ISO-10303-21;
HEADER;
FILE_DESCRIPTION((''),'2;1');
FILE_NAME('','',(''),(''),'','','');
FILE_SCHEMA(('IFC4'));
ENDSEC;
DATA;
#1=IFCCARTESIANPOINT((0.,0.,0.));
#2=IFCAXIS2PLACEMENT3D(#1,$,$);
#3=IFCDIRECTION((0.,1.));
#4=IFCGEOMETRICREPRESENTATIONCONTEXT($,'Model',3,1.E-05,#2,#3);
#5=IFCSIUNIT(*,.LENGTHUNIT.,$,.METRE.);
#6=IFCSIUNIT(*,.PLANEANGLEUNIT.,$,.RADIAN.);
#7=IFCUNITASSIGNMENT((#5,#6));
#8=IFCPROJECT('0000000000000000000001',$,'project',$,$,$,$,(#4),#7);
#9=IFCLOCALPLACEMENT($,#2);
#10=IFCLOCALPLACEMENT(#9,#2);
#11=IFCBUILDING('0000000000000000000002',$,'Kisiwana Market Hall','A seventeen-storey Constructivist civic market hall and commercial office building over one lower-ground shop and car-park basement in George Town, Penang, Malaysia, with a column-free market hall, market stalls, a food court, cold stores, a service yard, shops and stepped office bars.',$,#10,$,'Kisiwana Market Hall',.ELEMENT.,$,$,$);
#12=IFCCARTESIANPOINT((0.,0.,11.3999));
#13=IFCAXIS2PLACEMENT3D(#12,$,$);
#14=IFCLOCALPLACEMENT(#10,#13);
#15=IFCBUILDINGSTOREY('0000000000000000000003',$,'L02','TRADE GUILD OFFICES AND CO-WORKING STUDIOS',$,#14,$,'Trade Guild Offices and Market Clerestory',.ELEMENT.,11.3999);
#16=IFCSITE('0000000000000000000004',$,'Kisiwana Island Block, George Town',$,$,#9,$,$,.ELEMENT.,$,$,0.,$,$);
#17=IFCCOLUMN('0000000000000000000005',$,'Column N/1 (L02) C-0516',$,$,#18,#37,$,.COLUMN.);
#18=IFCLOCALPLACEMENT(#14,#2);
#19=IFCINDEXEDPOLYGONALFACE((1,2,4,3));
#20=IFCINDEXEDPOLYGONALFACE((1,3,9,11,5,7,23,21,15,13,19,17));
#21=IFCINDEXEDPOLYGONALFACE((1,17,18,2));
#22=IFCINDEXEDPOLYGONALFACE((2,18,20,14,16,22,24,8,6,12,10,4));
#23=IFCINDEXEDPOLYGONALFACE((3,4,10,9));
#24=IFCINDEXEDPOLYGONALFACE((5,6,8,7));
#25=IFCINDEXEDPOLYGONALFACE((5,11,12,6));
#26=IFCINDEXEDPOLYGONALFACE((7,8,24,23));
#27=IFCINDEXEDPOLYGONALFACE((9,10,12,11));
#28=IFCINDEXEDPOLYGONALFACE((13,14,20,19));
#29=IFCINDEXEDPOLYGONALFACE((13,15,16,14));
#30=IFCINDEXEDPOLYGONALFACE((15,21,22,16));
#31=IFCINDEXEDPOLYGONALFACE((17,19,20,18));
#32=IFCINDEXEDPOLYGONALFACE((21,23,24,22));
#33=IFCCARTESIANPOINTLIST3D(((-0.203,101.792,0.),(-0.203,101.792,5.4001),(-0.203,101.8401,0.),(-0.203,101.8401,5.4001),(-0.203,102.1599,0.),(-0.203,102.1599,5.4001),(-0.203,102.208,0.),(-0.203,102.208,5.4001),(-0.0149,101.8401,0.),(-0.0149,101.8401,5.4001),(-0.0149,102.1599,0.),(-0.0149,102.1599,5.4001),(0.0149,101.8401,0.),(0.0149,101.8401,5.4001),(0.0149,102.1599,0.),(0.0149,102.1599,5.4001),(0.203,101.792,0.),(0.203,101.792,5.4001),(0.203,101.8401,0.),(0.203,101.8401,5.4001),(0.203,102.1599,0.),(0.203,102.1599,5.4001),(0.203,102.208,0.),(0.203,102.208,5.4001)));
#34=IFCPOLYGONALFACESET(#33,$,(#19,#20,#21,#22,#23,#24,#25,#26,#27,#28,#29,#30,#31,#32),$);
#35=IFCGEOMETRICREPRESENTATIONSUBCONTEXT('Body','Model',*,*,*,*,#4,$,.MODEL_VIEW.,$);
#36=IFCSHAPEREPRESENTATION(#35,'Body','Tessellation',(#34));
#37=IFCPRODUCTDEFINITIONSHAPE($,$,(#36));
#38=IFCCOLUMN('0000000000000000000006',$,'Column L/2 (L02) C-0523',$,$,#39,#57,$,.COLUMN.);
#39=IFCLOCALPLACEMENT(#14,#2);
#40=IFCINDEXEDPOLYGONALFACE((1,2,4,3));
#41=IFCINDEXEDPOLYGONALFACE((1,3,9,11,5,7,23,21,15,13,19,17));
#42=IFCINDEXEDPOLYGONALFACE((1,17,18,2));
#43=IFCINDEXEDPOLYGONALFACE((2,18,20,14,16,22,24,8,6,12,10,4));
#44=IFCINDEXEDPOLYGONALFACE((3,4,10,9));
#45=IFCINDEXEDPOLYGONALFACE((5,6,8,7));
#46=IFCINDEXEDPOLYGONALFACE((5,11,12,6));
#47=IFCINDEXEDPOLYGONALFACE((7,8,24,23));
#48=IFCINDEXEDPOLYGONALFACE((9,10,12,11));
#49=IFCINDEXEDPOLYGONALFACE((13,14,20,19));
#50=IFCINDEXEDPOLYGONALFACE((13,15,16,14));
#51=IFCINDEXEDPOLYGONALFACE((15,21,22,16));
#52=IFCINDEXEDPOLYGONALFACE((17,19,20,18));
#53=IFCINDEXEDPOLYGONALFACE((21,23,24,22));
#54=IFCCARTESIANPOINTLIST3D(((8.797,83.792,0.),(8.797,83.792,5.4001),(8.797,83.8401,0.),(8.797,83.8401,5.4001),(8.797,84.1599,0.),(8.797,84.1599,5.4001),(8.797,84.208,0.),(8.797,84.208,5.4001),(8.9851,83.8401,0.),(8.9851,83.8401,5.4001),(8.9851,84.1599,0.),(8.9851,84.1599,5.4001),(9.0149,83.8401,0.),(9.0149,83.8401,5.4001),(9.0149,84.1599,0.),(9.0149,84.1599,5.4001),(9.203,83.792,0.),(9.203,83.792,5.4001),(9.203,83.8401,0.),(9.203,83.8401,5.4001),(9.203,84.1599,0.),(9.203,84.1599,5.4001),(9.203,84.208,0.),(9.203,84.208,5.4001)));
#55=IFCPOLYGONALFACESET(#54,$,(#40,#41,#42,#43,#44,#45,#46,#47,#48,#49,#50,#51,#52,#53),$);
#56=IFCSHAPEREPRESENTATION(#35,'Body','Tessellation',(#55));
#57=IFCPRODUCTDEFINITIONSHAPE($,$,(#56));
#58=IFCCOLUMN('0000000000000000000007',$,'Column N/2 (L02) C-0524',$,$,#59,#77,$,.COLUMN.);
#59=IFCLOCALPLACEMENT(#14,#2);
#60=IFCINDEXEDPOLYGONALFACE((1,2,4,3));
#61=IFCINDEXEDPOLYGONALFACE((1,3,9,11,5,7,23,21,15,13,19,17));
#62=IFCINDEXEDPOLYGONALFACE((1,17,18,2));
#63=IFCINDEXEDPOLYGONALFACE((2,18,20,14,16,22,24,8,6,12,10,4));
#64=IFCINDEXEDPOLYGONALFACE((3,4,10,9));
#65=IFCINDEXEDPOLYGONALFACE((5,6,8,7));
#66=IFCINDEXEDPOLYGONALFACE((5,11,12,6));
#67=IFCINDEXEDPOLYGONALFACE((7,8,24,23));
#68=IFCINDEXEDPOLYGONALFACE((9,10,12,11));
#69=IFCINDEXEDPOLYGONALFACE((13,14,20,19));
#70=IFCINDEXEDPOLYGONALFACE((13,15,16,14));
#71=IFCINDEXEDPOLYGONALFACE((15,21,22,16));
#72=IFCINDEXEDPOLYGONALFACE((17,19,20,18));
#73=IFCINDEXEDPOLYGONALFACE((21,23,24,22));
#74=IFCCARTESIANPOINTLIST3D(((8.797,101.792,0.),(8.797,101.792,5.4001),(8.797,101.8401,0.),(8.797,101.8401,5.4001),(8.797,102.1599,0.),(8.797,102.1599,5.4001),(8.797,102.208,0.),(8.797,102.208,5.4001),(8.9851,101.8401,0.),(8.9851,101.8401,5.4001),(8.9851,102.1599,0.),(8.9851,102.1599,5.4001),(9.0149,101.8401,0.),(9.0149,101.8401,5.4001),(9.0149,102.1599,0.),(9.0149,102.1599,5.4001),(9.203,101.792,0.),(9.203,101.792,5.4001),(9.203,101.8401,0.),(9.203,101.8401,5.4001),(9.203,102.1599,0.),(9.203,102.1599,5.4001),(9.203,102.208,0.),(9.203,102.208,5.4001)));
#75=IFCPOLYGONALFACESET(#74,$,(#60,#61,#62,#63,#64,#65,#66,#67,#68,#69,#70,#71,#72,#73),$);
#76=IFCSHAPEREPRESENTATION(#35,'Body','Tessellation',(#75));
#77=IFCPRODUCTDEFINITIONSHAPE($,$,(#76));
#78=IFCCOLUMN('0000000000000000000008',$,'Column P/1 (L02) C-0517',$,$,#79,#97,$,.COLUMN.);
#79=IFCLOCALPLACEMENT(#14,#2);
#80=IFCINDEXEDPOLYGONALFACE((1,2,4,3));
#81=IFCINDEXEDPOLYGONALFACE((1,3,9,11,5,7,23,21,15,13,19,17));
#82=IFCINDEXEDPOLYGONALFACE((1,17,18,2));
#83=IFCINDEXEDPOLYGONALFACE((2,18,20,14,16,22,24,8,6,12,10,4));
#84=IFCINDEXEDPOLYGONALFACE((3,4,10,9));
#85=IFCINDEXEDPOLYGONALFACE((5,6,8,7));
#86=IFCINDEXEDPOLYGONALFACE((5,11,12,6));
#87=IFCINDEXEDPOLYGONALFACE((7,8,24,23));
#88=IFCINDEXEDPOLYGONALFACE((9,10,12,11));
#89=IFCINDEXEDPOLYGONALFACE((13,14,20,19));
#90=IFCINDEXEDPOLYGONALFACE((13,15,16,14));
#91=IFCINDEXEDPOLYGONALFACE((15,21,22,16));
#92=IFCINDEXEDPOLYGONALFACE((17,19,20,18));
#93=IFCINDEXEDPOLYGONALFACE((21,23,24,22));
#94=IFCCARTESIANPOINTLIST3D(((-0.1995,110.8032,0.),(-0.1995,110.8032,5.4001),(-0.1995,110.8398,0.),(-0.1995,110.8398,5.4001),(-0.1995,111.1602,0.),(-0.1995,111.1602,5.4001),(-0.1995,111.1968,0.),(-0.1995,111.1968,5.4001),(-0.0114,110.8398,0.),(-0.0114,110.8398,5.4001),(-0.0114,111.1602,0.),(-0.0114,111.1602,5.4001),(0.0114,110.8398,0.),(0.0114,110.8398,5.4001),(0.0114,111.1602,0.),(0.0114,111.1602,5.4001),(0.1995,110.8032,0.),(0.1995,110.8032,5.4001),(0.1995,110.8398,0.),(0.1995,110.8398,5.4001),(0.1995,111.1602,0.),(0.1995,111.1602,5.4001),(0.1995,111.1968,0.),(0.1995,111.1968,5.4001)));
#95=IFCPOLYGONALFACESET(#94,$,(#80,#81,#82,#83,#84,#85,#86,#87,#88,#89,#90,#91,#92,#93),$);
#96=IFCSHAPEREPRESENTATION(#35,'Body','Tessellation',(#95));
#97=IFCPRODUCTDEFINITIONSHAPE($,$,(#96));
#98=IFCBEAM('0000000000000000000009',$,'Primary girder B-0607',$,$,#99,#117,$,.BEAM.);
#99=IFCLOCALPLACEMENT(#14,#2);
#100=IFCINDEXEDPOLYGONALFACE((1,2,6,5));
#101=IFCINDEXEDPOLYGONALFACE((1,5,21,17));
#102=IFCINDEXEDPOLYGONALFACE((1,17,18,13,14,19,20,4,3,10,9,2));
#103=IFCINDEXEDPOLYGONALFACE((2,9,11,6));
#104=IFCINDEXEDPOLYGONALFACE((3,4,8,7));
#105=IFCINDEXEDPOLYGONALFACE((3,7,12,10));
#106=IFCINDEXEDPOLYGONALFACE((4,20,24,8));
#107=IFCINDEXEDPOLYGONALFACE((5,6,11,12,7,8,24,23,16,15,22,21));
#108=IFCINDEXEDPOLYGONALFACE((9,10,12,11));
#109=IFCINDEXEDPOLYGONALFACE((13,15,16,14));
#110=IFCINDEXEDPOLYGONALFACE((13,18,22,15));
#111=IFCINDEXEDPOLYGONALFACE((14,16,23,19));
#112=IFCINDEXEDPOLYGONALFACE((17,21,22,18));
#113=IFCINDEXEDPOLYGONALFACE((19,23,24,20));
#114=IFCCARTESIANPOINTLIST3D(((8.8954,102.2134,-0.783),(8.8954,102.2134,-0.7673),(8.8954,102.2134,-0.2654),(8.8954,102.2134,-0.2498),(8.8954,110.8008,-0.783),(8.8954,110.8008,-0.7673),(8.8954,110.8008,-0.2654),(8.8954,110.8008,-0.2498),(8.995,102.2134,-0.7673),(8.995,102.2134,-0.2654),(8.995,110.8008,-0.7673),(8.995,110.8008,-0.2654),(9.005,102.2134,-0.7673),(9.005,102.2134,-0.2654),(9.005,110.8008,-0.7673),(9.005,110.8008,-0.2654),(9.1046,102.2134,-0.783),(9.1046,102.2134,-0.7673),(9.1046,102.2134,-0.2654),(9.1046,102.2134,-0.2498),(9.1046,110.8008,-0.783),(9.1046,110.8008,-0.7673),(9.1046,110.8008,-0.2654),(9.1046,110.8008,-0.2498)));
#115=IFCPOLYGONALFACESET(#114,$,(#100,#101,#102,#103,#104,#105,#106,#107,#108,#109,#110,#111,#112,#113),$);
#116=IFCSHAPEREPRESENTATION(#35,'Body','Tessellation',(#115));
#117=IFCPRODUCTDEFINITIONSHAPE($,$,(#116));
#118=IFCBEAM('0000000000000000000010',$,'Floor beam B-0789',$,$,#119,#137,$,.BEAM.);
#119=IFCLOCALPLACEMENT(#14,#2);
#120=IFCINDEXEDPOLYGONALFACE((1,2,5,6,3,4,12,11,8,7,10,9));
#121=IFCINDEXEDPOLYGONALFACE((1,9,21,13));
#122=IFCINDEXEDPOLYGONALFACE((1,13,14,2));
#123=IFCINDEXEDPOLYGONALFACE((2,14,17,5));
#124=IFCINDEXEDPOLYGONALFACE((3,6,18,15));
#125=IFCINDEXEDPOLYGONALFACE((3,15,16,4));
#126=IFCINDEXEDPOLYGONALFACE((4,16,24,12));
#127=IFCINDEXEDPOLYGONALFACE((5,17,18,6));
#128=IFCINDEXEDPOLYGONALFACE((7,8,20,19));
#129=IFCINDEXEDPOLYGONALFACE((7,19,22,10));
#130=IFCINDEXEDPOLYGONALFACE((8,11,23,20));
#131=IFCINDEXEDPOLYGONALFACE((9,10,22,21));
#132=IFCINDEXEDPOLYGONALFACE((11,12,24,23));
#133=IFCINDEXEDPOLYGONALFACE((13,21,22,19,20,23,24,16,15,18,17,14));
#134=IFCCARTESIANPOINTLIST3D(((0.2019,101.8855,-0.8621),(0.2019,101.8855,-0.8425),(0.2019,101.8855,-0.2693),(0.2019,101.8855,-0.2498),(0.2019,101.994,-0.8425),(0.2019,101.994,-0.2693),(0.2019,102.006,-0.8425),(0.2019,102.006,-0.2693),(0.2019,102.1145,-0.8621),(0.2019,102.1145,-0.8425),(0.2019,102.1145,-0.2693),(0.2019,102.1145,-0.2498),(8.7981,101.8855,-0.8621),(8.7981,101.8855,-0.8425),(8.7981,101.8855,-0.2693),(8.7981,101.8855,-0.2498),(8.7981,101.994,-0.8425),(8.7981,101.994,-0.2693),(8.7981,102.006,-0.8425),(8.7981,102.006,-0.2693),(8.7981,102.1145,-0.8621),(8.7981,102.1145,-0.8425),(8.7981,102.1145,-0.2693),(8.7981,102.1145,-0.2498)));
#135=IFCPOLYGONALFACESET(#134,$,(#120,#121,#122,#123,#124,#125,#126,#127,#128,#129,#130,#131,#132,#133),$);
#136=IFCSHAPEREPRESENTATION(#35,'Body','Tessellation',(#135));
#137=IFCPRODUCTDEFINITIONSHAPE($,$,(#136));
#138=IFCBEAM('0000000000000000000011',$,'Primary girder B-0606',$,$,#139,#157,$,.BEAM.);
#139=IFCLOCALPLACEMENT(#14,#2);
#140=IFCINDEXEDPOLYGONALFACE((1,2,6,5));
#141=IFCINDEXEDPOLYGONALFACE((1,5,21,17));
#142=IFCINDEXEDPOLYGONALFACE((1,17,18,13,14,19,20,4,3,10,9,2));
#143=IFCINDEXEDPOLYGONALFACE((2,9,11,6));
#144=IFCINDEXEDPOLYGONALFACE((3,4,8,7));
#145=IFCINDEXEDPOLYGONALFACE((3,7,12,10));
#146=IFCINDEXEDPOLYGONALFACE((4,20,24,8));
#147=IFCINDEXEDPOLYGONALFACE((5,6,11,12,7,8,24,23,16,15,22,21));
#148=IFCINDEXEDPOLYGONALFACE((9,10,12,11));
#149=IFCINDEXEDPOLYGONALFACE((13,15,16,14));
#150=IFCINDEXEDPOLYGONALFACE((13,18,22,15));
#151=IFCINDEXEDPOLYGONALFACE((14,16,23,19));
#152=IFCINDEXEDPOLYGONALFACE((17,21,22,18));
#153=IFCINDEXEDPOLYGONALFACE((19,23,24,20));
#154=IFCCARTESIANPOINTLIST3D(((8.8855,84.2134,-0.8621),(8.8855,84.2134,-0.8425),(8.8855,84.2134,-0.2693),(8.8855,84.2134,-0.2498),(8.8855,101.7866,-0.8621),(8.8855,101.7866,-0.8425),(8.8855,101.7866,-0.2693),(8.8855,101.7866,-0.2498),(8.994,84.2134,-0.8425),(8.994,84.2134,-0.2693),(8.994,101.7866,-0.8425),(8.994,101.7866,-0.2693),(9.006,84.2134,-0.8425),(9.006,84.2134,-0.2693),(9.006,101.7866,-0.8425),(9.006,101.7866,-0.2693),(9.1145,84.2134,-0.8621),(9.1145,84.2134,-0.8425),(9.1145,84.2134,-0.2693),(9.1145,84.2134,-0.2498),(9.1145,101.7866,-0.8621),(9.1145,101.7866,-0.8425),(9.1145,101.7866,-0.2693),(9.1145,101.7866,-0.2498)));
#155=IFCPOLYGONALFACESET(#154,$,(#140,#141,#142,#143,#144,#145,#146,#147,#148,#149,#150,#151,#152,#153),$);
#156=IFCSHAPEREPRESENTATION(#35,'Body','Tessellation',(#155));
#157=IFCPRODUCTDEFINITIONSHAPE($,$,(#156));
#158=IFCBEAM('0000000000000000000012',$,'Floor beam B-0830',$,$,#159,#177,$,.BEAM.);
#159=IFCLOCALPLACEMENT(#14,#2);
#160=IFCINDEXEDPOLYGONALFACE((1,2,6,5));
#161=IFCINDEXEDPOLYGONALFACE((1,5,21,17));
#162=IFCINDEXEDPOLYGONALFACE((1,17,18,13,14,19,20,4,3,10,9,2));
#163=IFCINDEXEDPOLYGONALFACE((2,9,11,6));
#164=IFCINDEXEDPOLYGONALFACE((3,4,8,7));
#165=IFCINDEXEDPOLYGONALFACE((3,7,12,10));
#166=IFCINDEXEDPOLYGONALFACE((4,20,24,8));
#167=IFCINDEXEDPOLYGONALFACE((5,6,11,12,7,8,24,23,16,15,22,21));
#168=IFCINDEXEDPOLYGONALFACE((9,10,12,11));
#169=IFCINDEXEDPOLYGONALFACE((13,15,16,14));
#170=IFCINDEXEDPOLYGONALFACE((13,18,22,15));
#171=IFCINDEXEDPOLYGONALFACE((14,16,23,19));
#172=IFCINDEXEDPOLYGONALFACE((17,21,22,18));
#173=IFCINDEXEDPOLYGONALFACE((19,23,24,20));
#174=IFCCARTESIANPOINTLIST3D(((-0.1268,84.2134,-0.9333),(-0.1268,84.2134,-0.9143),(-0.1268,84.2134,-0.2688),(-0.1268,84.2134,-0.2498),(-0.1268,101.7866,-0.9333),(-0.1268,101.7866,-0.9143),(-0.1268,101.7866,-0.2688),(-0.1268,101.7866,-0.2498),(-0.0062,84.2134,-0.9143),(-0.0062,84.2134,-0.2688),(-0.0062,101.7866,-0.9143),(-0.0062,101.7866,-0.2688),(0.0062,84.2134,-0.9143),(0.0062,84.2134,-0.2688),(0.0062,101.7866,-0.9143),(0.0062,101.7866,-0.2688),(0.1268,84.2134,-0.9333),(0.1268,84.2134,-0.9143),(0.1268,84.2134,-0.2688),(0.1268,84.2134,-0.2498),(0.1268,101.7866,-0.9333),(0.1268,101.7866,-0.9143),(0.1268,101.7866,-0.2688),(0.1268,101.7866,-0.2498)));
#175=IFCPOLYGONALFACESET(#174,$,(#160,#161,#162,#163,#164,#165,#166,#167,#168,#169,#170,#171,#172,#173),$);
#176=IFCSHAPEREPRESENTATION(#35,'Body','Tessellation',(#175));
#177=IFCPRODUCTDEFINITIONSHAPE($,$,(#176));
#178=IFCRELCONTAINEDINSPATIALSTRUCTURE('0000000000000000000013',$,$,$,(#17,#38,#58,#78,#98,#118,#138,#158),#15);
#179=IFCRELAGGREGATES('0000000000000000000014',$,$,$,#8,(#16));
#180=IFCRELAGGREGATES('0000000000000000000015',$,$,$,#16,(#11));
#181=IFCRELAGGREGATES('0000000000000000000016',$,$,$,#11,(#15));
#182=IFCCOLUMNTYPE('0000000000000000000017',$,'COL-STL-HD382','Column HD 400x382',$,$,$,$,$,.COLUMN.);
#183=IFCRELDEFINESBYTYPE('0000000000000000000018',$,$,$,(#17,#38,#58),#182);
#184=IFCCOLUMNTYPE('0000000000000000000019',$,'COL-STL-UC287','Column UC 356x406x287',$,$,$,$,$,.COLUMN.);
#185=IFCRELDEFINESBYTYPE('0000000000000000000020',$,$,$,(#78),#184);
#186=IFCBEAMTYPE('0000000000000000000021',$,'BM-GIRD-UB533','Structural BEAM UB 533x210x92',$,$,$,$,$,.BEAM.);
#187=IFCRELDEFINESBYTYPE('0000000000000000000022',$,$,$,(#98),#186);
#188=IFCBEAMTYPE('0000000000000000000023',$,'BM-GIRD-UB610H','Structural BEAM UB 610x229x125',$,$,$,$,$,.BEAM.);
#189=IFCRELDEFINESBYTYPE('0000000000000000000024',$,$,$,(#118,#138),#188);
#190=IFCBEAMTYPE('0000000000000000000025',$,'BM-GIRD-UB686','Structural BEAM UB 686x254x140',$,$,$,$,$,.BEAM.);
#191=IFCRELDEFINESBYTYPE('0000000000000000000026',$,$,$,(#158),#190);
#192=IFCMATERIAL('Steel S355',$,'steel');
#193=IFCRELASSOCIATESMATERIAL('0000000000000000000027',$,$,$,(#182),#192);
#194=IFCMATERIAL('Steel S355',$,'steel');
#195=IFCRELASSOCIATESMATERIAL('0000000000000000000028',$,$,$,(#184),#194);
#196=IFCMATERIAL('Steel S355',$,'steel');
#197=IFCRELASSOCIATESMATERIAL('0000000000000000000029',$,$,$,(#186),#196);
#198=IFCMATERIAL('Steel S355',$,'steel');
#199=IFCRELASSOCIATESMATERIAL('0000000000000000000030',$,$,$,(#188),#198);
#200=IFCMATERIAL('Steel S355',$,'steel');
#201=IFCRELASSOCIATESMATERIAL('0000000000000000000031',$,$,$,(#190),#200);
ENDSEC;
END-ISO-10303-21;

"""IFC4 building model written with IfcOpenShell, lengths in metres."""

from ifc_helpers import new_model, si_unit, direction, frame, origin, origin_2d, place, context, subcontext, project, spatial, i_section, extrude, material, material_profile, profile_set, type_object, element, save


model = new_model("IFC4")

# Units and contexts
model_context = context("Model", 3, precision=1e-05, world=origin(), true_north=direction((0.0, 1.0)))
body_context = subcontext(model_context, "Body", "Model", "MODEL_VIEW")
ifc_project = project(units=[si_unit("LENGTHUNIT", "METRE"), si_unit("PLANEANGLEUNIT", "RADIAN")], contexts=[model_context])

# Site, building, storey
site_placement = place(None, origin())
site = spatial("IfcSite", under=ifc_project, at=site_placement, Name="Kisiwana Island Block, George Town", CompositionType="ELEMENT", RefElevation=0.0)
building_placement = place(site_placement, origin())
building = spatial("IfcBuilding", under=site, at=building_placement, Name="Kisiwana Market Hall", Description="A seventeen-storey Constructivist civic market hall and commercial office building over one lower-ground shop and car-park basement in George Town, Penang, Malaysia, with a column-free market hall, market stalls, a food court, cold stores, a service yard, shops and stepped office bars.", LongName="Kisiwana Market Hall", CompositionType="ELEMENT")
storey_placement = place(building_placement, frame((0.0, 0.0, 11.3999)))
storey = spatial("IfcBuildingStorey", under=building, at=storey_placement, Name="L02", Description="TRADE GUILD OFFICES AND CO-WORKING STUDIOS", LongName="Trade Guild Offices and Market Clerestory", CompositionType="ELEMENT", Elevation=11.3999)

# Columns
ifc_material_1 = material(Name="Steel S355", Category="steel")
ifc_material_profile_1 = material_profile(ifc_material_1, i_section(OverallWidth=0.406, OverallDepth=0.416, WebThickness=0.0298, FlangeThickness=0.0481, at=origin_2d()), Name="HD 400x382")
ifc_profile_set_1 = profile_set([ifc_material_profile_1], Name="Steel S355")
column_type_1 = type_object("IfcColumnType", Name="COL-STL-HD382", Description="Column HD 400x382", PredefinedType="COLUMN", material=ifc_profile_set_1)
for number, where, z_axis, x_axis, name in (
    (1, (0.0, 102.0, 0.0), (0.0, 0.0, 1.0), (1.0, 0.0, 0.0), "Column N/1 (L02) C-0516"),
    (2, (9.0, 84.0, 0.0), (0.0, 0.0, 1.0), (1.0, 0.0, 0.0), "Column L/2 (L02) C-0523"),
    (3, (9.0, 102.0, 0.0), (0.0, 0.0, 1.0), (1.0, 0.0, 0.0), "Column N/2 (L02) C-0524"),
):
    element("IfcColumn", number, at=place(storey_placement, frame(where, z_axis=z_axis, x_axis=x_axis)), inside=storey, type_object=column_type_1, Name=name, PredefinedType="COLUMN", context=body_context, shape_type="SweptSolid", body=[
        extrude(i_section(OverallWidth=0.406, OverallDepth=0.416, WebThickness=0.0298, FlangeThickness=0.0481, at=origin_2d()), origin(), (0.0, 0.0, 1.0), 5.4001),
    ])
ifc_material_2 = material(Name="Steel S355", Category="steel")
ifc_material_profile_2 = material_profile(ifc_material_2, i_section(OverallWidth=0.3989, OverallDepth=0.3936, WebThickness=0.0227, FlangeThickness=0.0366, at=origin_2d()), Name="UC 356x406x287")
ifc_profile_set_2 = profile_set([ifc_material_profile_2], Name="Steel S355")
column_type_2 = type_object("IfcColumnType", Name="COL-STL-UC287", Description="Column UC 356x406x287", PredefinedType="COLUMN", material=ifc_profile_set_2)
column_placement = place(storey_placement, frame((0.0, 111.0, 0.0), z_axis=(0.0, 0.0, 1.0), x_axis=(1.0, 0.0, 0.0)))
element("IfcColumn", 4, at=column_placement, inside=storey, type_object=column_type_2, Name="Column P/1 (L02) C-0517", PredefinedType="COLUMN", context=body_context, shape_type="SweptSolid", body=[
    extrude(i_section(OverallWidth=0.3989, OverallDepth=0.3936, WebThickness=0.0227, FlangeThickness=0.0366, at=origin_2d()), origin(), (0.0, 0.0, 1.0), 5.4001),
])

# Beams
ifc_material_3 = material(Name="Steel S355", Category="steel")
ifc_material_profile_3 = material_profile(ifc_material_3, i_section(OverallWidth=0.2092, OverallDepth=0.5332, WebThickness=0.01, FlangeThickness=0.0156, at=origin_2d()), Name="UB 533x210x92")
ifc_profile_set_3 = profile_set([ifc_material_profile_3], Name="Steel S355")
beam_type_1 = type_object("IfcBeamType", Name="BM-GIRD-UB533", Description="Structural BEAM UB 533x210x92", PredefinedType="BEAM", material=ifc_profile_set_3)
beam_1_placement = place(storey_placement, frame((9.0, 102.2134, -0.5164), z_axis=(0.0, 1.0, 0.0), x_axis=(-1.0, 0.0, 0.0)))
element("IfcBeam", 5, at=beam_1_placement, inside=storey, type_object=beam_type_1, Name="Primary girder B-0607", PredefinedType="BEAM", context=body_context, shape_type="SweptSolid", body=[
    extrude(i_section(OverallWidth=0.2092, OverallDepth=0.5332, WebThickness=0.01, FlangeThickness=0.0156, at=origin_2d()), origin(), (0.0, 0.0, 1.0), 8.5874),
])
ifc_material_4 = material(Name="Steel S355", Category="steel")
ifc_material_profile_4 = material_profile(ifc_material_4, i_section(OverallWidth=0.229, OverallDepth=0.6123, WebThickness=0.012, FlangeThickness=0.0195, at=origin_2d()), Name="UB 610x229x125")
ifc_profile_set_4 = profile_set([ifc_material_profile_4], Name="Steel S355")
beam_type_2 = type_object("IfcBeamType", Name="BM-GIRD-UB610H", Description="Structural BEAM UB 610x229x125", PredefinedType="BEAM", material=ifc_profile_set_4)
beam_2_placement = place(storey_placement, frame((0.2019, 102.0, -0.5559), z_axis=(1.0, 0.0, 0.0), x_axis=(0.0, 1.0, 0.0)))
element("IfcBeam", 6, at=beam_2_placement, inside=storey, type_object=beam_type_2, Name="Floor beam B-0789", PredefinedType="BEAM", context=body_context, shape_type="SweptSolid", body=[
    extrude(i_section(OverallWidth=0.229, OverallDepth=0.6123, WebThickness=0.012, FlangeThickness=0.0195, at=origin_2d()), origin(), (0.0, 0.0, 1.0), 8.5962),
])
beam_3_placement = place(storey_placement, frame((9.0, 84.2134, -0.5559), z_axis=(0.0, 1.0, 0.0), x_axis=(-1.0, 0.0, 0.0)))
element("IfcBeam", 7, at=beam_3_placement, inside=storey, type_object=beam_type_2, Name="Primary girder B-0606", PredefinedType="BEAM", context=body_context, shape_type="SweptSolid", body=[
    extrude(i_section(OverallWidth=0.229, OverallDepth=0.6123, WebThickness=0.012, FlangeThickness=0.0195, at=origin_2d()), origin(), (0.0, 0.0, 1.0), 17.5732),
])
ifc_material_5 = material(Name="Steel S355", Category="steel")
ifc_material_profile_5 = material_profile(ifc_material_5, i_section(OverallWidth=0.2537, OverallDepth=0.6836, WebThickness=0.0125, FlangeThickness=0.019, at=origin_2d()), Name="UB 686x254x140")
ifc_profile_set_5 = profile_set([ifc_material_profile_5], Name="Steel S355")
beam_type_3 = type_object("IfcBeamType", Name="BM-GIRD-UB686", Description="Structural BEAM UB 686x254x140", PredefinedType="BEAM", material=ifc_profile_set_5)
beam_4_placement = place(storey_placement, frame((0.0, 84.2134, -0.5916), z_axis=(0.0, 1.0, 0.0), x_axis=(-1.0, 0.0, 0.0)))
element("IfcBeam", 8, at=beam_4_placement, inside=storey, type_object=beam_type_3, Name="Floor beam B-0830", PredefinedType="BEAM", context=body_context, shape_type="SweptSolid", body=[
    extrude(i_section(OverallWidth=0.2537, OverallDepth=0.6836, WebThickness=0.0125, FlangeThickness=0.019, at=origin_2d()), origin(), (0.0, 0.0, 1.0), 17.5732),
])

save(model, "model.ifc")
